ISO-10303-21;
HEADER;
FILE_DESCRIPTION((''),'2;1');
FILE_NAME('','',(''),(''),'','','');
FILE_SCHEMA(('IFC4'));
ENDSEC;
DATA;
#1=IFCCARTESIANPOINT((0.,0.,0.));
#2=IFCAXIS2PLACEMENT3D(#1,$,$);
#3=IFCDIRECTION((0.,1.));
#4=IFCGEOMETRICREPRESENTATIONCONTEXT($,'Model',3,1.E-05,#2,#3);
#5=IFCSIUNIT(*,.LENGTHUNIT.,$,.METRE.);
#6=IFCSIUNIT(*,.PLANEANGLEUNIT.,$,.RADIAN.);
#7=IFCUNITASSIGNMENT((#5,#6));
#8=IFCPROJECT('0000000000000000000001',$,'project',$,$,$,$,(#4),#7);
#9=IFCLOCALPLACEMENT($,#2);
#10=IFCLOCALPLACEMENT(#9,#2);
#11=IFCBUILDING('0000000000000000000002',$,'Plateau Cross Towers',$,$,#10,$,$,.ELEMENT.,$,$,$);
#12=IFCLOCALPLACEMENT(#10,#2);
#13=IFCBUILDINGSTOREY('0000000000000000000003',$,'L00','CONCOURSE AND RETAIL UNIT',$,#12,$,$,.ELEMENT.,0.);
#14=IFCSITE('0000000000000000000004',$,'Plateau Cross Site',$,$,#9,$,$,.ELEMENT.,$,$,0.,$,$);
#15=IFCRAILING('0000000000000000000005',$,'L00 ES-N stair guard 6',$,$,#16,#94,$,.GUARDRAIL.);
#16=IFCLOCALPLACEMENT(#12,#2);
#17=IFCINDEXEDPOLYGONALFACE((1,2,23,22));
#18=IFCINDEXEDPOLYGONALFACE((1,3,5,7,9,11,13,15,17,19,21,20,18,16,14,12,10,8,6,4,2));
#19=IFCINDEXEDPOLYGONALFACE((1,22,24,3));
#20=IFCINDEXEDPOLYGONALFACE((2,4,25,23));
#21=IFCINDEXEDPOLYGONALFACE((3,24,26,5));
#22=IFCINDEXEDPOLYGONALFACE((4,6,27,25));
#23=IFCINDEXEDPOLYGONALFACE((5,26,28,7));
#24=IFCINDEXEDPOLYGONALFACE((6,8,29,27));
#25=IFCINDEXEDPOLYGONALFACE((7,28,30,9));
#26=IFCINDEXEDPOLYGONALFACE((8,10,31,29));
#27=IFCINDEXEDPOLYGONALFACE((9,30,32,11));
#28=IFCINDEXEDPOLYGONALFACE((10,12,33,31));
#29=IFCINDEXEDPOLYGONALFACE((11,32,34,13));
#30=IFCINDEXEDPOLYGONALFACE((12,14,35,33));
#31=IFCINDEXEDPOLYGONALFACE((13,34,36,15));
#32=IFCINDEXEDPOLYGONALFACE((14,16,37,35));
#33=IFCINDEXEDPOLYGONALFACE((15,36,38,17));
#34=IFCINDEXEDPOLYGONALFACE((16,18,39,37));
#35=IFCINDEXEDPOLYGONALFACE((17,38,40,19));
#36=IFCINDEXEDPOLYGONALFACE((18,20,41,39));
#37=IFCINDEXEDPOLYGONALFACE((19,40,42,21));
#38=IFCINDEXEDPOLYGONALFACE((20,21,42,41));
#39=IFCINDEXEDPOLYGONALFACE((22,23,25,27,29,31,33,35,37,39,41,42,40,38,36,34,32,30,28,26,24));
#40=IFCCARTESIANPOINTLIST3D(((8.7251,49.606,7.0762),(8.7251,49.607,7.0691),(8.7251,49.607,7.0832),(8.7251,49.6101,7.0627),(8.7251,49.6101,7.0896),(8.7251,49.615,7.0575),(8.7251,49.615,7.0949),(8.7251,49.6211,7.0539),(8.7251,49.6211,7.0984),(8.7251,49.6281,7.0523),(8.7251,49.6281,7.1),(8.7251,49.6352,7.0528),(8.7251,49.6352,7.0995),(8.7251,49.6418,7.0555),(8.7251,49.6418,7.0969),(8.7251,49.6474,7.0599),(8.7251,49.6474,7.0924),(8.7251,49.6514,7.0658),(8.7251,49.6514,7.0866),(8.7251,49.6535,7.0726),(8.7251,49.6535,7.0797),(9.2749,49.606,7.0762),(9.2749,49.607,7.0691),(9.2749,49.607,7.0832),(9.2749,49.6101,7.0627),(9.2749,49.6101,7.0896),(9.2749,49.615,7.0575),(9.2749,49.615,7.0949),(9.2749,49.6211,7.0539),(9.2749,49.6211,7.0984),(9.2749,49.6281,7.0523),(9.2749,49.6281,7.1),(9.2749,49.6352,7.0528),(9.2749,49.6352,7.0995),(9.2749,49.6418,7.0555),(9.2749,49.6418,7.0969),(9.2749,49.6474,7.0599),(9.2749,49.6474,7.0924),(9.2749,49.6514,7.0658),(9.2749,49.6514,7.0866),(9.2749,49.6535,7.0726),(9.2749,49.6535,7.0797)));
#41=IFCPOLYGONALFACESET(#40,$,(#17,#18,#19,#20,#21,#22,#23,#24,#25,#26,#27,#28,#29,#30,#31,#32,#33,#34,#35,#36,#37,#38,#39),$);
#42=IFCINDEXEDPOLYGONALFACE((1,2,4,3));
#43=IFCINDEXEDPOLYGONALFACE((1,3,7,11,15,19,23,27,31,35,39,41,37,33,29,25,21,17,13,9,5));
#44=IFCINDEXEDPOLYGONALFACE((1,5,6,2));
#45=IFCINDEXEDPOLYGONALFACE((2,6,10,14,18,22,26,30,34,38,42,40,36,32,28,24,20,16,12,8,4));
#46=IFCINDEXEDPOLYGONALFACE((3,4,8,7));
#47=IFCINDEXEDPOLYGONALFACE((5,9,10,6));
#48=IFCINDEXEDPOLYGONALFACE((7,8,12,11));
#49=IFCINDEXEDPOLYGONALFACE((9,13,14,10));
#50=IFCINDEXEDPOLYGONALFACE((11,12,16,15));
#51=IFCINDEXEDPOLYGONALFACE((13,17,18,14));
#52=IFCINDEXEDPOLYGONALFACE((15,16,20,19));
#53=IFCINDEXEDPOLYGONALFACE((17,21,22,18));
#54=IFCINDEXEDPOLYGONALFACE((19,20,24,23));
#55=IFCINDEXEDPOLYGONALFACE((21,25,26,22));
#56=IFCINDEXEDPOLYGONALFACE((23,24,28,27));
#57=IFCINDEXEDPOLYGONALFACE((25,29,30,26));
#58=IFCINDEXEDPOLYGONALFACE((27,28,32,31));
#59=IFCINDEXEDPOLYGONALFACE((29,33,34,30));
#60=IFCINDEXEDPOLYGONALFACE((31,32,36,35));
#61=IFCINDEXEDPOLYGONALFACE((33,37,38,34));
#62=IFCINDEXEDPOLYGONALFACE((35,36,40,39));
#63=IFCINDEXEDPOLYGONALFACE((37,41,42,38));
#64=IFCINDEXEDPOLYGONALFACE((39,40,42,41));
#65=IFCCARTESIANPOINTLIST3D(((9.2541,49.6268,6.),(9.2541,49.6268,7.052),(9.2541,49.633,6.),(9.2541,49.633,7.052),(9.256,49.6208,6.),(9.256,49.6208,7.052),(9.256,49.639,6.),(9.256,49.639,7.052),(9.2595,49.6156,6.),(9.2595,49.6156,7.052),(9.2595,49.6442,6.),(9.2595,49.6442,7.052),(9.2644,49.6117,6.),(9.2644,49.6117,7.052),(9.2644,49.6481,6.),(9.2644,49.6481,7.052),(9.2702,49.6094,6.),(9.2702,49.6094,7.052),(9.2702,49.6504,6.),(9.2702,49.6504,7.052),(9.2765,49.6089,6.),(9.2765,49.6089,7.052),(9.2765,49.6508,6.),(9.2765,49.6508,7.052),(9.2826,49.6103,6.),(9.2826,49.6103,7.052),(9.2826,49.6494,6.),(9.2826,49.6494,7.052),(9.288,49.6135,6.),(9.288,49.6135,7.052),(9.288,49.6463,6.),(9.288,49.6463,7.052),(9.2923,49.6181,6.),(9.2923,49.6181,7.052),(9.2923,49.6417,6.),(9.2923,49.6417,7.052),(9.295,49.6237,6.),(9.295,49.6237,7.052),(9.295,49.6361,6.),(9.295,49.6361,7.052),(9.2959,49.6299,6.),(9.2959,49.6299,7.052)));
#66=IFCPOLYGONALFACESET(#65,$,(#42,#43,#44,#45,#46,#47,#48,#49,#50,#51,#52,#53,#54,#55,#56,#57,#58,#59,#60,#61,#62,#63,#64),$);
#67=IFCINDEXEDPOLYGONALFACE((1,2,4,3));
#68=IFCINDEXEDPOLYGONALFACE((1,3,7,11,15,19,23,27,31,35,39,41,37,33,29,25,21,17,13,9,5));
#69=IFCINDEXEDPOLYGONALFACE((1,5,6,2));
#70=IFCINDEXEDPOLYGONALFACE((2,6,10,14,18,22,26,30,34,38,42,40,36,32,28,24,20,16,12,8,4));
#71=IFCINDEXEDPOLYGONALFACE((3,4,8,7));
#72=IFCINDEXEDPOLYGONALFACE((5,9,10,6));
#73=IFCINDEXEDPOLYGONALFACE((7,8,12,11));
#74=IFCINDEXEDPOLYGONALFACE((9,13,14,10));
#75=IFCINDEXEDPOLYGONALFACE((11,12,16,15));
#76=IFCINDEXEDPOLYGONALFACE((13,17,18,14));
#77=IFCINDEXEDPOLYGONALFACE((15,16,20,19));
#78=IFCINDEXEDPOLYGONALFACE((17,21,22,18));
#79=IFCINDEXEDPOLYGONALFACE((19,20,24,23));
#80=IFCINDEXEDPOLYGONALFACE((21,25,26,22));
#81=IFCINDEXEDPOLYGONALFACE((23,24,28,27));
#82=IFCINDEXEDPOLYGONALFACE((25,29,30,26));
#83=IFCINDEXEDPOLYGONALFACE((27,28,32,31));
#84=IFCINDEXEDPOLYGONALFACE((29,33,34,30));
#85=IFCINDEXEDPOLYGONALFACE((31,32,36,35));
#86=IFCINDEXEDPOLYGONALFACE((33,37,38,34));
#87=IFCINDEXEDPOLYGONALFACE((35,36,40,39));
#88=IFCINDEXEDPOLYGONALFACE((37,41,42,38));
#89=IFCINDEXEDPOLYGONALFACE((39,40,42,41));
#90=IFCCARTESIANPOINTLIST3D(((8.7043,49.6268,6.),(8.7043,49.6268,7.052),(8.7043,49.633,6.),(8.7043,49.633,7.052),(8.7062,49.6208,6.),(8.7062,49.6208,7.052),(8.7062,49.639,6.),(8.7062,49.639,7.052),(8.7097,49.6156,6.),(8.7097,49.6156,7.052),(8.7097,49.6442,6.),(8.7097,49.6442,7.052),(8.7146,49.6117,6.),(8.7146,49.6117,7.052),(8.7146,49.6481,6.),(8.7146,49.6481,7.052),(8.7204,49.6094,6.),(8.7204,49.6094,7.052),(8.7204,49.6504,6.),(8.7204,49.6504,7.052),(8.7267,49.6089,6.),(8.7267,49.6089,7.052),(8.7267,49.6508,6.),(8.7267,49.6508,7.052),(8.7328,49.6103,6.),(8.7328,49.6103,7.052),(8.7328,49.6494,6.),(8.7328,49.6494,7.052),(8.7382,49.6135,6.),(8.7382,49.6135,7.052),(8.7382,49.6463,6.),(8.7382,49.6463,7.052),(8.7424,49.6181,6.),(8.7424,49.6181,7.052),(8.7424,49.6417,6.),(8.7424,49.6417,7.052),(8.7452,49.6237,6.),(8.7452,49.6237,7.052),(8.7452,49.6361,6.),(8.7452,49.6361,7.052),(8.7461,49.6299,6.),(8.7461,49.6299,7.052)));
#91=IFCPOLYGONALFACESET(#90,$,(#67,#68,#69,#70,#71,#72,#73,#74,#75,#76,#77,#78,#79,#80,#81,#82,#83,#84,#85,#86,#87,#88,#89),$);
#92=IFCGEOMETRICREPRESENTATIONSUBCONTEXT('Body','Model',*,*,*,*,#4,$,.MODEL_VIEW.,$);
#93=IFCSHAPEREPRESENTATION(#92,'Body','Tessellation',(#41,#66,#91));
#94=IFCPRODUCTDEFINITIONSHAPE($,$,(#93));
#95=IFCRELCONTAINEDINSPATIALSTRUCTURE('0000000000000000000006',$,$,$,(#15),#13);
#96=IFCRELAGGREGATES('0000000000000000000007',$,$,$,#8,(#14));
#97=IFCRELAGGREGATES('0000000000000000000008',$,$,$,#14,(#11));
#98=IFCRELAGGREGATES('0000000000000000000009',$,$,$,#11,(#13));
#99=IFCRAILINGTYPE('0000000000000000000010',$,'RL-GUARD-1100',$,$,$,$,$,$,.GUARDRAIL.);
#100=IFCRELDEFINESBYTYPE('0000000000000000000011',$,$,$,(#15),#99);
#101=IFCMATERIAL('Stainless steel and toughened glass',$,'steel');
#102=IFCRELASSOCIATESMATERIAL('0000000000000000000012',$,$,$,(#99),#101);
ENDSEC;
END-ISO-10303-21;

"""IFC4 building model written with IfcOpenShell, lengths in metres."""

from ifc_helpers import new_model, si_unit, direction, frame, origin, origin_2d, place, context, subcontext, project, spatial, circle, extrude, material, type_object, element, save


model = new_model("IFC4")

# Units and contexts
model_context = context("Model", 3, precision=1e-05, world=origin(), true_north=direction((0.0, 1.0)))
body_context = subcontext(model_context, "Body", "Model", "MODEL_VIEW")
ifc_project = project(units=[si_unit("LENGTHUNIT", "METRE"), si_unit("PLANEANGLEUNIT", "RADIAN")], contexts=[model_context])

# Site, building, storey
site_placement = place(None, origin())
site = spatial("IfcSite", under=ifc_project, at=site_placement, Name="Plateau Cross Site", CompositionType="ELEMENT", RefElevation=0.0)
building_placement = place(site_placement, origin())
building = spatial("IfcBuilding", under=site, at=building_placement, Name="Plateau Cross Towers", CompositionType="ELEMENT")
storey_placement = place(building_placement, origin())
storey = spatial("IfcBuildingStorey", under=building, at=storey_placement, Name="L00", Description="CONCOURSE AND RETAIL UNIT", CompositionType="ELEMENT", Elevation=0.0)

# Railing
ifc_material_1 = material(Name="Stainless steel and toughened glass", Category="steel")
railing_type_1 = type_object("IfcRailingType", Name="RL-GUARD-1100", PredefinedType="GUARDRAIL", material=ifc_material_1)
railing_1_placement = place(storey_placement, frame((9.2749, 49.6299, 6.0)))
element("IfcRailing", 1, at=railing_1_placement, inside=storey, type_object=railing_type_1, Name="L00 ES-N stair guard 6", PredefinedType="GUARDRAIL", context=body_context, shape_type="SweptSolid", body=[
    extrude(circle(Radius=0.0239, at=origin_2d()), frame((0.0, 0.0, 1.0762), z_axis=(-1.0, 0.0, 0.0), x_axis=(0.0, -1.0, 0.0)), (0.0, 0.0, 1.0), 0.5498),
    extrude(circle(Radius=0.021, at=origin_2d()), origin(), (0.0, 0.0, 1.0), 1.052),
    extrude(circle(Radius=0.021, at=origin_2d()), frame((-0.5498, 0.0, 0.0)), (0.0, 0.0, 1.0), 1.052),
])

save(model, "model.ifc")
